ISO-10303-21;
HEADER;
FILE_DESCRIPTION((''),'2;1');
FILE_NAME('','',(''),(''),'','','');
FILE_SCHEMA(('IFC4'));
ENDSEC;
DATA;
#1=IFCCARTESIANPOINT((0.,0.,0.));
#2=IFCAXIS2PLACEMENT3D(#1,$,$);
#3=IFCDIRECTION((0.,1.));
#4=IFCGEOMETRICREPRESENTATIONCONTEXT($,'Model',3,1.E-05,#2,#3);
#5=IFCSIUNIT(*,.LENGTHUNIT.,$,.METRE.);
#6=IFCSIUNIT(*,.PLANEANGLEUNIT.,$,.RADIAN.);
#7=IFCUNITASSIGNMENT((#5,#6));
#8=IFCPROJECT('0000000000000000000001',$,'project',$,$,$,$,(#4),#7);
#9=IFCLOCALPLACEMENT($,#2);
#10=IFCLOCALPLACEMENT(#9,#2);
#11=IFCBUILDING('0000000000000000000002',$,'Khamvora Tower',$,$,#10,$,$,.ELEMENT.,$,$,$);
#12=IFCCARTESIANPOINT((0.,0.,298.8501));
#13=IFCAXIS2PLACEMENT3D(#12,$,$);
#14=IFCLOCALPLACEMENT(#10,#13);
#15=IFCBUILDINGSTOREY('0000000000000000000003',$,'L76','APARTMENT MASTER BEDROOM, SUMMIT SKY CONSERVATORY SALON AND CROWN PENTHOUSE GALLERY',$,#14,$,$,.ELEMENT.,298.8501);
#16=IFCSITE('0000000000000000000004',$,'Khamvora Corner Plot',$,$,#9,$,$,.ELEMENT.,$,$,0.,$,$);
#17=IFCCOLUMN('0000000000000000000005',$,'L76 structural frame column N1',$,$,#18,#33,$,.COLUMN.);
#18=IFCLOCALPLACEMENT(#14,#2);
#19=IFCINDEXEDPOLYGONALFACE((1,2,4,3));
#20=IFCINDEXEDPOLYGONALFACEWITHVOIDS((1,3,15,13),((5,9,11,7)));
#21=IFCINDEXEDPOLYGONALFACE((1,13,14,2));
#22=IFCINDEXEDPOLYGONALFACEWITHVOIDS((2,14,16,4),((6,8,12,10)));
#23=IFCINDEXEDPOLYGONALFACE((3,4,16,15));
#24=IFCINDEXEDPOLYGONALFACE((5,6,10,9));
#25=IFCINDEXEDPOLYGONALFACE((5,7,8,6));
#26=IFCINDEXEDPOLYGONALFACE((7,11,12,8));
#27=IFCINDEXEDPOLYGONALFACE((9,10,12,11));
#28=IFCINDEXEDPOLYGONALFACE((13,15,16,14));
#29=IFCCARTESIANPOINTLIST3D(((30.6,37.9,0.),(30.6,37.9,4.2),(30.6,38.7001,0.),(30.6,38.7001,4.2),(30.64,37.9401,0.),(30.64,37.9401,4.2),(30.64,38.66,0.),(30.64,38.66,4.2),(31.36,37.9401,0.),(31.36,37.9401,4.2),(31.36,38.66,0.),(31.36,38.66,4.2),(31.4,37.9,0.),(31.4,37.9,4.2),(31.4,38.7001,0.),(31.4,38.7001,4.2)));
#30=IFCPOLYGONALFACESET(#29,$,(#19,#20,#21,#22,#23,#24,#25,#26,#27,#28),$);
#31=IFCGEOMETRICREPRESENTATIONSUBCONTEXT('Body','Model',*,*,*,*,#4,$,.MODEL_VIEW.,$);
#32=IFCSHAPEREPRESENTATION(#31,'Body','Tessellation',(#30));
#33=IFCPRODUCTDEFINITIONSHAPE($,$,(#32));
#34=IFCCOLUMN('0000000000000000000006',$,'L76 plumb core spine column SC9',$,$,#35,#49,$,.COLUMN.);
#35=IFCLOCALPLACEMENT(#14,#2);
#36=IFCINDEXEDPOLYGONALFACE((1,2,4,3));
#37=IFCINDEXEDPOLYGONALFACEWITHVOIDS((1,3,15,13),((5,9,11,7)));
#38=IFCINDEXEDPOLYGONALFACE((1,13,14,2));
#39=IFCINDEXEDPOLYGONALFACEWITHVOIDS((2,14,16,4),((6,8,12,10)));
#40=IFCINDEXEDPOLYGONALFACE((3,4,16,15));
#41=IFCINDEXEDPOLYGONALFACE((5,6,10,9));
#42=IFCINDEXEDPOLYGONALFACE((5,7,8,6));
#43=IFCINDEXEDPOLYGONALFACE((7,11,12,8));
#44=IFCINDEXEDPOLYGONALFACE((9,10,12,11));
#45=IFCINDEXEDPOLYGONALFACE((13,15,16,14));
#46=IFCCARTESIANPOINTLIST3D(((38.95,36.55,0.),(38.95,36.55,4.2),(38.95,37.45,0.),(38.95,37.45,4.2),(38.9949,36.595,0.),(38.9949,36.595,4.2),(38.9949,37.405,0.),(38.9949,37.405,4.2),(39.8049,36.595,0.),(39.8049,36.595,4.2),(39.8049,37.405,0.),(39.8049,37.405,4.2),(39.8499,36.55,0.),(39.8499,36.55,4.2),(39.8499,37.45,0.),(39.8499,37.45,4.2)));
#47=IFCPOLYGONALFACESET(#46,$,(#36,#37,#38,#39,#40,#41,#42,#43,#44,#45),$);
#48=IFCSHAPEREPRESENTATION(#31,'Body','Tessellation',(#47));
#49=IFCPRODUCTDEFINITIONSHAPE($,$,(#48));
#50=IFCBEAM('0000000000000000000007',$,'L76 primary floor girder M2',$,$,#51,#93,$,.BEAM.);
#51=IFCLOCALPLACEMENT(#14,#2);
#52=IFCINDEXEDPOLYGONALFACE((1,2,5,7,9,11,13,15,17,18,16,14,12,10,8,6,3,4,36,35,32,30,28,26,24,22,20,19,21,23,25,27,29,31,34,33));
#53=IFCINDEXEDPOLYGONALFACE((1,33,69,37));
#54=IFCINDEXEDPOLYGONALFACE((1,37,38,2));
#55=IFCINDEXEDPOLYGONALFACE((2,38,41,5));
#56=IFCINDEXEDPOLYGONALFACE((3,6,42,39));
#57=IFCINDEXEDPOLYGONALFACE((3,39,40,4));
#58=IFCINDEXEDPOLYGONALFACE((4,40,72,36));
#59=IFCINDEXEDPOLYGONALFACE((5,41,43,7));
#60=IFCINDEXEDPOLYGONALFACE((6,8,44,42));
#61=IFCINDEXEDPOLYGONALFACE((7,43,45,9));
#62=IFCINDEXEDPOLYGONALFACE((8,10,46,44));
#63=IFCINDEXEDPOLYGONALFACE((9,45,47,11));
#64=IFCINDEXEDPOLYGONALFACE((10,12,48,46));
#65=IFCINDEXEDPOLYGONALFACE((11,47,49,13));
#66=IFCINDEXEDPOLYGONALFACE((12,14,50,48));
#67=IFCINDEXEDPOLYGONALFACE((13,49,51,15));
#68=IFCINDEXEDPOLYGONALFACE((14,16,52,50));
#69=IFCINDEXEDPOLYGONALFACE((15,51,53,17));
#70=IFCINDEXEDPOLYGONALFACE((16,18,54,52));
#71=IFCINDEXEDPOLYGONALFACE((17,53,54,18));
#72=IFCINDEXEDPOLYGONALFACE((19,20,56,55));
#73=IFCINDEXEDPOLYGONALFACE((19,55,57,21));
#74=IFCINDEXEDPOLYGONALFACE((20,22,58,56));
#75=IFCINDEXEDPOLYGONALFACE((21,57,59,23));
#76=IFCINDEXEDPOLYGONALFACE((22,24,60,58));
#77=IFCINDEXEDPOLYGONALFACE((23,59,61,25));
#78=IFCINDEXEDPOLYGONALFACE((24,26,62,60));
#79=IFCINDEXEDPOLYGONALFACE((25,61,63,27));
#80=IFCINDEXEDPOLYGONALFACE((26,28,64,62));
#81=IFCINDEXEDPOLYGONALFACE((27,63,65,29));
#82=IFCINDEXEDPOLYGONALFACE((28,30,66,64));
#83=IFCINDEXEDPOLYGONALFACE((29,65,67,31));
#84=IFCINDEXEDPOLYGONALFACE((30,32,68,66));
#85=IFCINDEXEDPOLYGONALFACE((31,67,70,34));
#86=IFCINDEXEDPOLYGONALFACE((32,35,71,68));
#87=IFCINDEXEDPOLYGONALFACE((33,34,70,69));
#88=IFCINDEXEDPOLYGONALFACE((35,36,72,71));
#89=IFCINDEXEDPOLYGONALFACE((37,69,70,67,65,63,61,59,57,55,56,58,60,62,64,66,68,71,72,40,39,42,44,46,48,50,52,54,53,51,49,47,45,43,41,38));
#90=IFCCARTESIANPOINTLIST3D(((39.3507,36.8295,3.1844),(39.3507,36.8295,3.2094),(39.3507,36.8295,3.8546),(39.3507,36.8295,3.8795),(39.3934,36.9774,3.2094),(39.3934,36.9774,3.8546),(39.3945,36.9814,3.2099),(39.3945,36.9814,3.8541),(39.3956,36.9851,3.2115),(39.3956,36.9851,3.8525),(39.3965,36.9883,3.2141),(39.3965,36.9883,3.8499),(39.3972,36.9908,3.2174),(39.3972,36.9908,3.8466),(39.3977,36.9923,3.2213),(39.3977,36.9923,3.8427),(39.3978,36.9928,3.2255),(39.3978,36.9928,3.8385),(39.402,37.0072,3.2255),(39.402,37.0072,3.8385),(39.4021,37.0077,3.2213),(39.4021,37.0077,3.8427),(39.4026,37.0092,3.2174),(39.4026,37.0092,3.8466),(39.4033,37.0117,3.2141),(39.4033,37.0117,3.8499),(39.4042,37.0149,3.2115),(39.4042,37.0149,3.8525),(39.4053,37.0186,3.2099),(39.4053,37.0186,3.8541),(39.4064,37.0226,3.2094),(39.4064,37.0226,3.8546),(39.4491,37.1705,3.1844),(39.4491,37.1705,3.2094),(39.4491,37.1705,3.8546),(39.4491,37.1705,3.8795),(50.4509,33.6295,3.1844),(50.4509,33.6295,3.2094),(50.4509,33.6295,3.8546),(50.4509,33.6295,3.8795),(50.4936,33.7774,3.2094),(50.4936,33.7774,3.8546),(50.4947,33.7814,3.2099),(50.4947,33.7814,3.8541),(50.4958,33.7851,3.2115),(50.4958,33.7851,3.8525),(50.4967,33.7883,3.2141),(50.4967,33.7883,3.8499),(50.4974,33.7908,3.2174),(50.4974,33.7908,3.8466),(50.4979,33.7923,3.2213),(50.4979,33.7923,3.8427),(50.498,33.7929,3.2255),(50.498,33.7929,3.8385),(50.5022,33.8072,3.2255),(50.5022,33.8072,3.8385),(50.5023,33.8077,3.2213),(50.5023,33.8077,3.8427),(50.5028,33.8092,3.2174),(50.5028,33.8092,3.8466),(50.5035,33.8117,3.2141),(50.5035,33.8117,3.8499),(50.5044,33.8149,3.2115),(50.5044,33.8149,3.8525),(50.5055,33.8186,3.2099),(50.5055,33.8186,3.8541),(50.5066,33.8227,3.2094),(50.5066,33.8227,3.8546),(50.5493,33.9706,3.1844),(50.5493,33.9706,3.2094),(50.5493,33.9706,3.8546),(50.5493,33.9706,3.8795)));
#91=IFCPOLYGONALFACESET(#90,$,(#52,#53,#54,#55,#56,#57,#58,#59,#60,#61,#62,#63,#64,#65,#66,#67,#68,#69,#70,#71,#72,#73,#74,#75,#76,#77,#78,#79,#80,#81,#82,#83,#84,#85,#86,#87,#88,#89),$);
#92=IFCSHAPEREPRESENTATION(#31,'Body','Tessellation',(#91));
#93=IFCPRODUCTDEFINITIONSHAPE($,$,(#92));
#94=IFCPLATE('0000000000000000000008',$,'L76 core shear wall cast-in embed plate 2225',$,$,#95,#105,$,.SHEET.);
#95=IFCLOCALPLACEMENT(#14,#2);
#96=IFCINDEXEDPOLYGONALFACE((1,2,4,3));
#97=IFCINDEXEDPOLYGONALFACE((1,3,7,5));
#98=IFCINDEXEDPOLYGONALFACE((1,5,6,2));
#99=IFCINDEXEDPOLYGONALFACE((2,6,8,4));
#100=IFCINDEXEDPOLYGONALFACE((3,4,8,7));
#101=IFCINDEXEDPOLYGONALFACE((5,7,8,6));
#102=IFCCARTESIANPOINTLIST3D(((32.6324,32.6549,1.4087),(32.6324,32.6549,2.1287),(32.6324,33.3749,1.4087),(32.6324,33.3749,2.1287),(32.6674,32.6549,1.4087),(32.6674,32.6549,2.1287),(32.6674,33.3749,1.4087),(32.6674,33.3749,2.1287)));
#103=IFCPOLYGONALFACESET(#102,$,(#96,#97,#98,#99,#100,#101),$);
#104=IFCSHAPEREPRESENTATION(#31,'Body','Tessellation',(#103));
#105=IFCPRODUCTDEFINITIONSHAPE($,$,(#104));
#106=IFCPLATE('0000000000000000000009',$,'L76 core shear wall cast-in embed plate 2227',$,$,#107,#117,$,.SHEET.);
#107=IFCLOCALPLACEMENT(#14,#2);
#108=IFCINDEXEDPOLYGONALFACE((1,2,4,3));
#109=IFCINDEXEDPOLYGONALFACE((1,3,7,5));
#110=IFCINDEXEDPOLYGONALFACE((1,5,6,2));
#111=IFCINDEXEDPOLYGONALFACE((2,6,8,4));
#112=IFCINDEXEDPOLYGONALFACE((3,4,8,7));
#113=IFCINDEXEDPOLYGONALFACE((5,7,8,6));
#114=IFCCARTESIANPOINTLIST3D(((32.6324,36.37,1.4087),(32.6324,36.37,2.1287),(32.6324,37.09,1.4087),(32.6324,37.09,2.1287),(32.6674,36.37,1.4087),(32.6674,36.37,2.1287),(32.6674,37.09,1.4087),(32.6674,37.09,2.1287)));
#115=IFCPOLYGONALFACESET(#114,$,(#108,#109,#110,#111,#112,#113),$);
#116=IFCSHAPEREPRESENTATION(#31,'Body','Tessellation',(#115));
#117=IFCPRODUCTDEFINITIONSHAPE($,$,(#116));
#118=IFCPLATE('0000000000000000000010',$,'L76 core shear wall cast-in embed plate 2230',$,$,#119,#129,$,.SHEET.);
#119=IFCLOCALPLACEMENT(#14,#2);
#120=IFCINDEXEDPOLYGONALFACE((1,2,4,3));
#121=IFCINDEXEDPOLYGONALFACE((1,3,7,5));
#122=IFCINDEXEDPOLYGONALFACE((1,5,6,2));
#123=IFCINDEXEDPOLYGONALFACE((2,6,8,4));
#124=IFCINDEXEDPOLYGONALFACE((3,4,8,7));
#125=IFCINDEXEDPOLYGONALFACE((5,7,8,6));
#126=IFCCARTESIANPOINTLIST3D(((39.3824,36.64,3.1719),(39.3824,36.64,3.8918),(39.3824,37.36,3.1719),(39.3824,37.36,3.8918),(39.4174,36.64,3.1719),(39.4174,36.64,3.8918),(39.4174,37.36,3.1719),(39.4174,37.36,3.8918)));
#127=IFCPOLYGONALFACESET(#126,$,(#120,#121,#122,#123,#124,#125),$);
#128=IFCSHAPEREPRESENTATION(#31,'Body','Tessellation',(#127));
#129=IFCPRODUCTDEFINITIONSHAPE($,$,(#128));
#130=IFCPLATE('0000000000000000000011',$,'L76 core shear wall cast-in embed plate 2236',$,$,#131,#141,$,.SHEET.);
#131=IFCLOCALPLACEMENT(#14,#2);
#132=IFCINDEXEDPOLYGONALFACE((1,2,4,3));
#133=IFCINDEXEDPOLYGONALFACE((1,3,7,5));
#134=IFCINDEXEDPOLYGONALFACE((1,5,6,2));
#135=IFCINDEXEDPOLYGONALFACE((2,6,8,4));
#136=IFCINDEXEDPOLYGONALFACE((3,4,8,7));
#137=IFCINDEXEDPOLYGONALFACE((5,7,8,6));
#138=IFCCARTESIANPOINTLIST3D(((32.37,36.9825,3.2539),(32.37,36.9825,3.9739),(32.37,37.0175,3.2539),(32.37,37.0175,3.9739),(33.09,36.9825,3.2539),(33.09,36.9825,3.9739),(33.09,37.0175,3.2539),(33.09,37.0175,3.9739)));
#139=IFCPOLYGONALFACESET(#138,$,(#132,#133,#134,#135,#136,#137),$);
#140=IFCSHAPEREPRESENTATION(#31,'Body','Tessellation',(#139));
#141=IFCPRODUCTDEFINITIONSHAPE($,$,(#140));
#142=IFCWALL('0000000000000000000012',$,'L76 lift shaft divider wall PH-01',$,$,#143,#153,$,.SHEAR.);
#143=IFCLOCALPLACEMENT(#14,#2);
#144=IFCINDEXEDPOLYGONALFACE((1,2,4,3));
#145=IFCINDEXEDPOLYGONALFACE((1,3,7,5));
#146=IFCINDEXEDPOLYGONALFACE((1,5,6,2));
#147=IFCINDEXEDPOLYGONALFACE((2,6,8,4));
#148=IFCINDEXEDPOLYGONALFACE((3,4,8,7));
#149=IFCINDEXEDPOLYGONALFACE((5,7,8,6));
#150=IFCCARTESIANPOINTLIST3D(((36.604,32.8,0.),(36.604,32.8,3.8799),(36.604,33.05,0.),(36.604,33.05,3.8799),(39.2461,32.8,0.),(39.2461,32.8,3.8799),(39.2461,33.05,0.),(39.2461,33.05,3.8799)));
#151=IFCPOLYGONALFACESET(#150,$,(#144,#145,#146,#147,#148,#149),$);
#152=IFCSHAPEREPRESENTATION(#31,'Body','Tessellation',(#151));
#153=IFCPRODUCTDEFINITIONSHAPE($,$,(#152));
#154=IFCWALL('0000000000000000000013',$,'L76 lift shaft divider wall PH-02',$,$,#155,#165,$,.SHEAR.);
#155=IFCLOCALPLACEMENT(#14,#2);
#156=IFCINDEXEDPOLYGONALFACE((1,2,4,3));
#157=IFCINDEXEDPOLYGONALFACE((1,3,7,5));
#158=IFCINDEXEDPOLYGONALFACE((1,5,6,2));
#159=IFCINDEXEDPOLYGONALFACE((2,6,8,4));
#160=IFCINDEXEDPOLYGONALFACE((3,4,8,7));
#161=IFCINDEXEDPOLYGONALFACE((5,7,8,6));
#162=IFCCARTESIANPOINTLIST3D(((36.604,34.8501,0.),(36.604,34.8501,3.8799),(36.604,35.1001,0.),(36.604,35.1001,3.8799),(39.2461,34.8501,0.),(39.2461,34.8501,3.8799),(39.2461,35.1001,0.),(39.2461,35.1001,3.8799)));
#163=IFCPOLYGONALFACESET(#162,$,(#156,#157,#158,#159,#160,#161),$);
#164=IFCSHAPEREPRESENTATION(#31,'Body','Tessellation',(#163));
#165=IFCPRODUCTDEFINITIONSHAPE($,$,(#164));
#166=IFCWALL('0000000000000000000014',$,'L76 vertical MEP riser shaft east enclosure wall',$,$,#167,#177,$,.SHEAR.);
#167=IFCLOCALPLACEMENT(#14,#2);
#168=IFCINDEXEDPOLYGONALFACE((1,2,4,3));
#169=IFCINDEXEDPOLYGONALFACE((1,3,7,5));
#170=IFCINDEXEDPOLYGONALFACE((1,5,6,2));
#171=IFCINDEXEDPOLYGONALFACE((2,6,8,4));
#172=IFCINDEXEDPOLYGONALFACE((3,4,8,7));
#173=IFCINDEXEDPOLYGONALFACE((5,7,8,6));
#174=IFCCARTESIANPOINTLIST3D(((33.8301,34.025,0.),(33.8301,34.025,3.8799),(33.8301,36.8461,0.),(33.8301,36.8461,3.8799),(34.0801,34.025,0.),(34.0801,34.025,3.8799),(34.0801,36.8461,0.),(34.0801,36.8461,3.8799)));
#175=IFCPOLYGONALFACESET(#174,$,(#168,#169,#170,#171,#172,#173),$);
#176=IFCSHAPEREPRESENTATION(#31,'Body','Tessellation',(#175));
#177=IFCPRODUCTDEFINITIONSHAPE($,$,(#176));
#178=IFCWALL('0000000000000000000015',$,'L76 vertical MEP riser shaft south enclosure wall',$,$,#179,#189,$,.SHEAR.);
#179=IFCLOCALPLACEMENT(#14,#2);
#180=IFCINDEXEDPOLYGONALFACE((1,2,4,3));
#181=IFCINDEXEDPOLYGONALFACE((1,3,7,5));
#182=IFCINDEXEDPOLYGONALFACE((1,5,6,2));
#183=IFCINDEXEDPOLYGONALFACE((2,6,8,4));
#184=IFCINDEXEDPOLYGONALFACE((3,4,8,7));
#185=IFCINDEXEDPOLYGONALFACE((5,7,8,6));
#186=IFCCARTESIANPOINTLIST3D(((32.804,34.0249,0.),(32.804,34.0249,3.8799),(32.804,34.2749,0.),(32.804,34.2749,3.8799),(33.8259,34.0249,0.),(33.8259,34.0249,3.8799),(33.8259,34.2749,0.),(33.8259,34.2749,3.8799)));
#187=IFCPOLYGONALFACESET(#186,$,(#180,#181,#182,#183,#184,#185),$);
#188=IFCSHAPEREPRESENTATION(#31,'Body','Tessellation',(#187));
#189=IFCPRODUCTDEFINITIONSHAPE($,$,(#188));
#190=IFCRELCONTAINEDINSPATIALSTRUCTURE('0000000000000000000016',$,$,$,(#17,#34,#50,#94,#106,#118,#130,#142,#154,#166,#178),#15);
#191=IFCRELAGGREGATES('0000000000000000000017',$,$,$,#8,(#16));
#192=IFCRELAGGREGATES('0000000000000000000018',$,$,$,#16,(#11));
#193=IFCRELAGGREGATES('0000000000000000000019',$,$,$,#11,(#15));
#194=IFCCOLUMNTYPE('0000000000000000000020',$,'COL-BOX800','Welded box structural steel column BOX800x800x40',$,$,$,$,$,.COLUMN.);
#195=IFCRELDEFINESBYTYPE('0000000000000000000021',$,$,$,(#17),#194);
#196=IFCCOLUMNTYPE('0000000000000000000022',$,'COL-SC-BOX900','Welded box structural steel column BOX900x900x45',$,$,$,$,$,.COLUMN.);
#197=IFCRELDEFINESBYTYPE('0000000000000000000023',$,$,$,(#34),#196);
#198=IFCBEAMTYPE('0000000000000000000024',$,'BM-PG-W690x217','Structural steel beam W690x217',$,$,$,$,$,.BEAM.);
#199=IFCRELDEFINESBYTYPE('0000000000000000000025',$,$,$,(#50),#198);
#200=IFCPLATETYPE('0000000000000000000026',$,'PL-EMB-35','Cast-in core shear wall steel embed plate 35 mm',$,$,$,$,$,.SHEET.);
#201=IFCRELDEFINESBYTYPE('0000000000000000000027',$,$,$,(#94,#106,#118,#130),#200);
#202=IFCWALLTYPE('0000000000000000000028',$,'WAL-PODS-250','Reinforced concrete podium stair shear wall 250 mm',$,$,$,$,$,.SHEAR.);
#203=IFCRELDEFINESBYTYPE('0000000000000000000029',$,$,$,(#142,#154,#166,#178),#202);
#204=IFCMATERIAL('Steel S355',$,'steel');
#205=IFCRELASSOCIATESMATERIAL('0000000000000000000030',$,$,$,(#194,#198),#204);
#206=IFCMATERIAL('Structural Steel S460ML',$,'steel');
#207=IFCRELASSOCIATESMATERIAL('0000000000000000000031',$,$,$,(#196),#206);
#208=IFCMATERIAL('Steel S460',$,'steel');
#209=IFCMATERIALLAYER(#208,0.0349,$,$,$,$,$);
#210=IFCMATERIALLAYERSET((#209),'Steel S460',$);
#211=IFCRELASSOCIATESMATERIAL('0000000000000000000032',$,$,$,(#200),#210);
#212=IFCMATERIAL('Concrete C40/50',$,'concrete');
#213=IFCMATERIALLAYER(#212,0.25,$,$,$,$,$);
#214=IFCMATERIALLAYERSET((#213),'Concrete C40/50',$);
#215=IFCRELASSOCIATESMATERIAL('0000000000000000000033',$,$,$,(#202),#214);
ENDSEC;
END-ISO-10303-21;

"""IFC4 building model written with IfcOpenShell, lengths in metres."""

from ifc_helpers import new_model, si_unit, direction, frame, frame_2d, origin, origin_2d, place, context, subcontext, project, spatial, rectangle, hollow_rectangle, i_section, extrude, material, layer, layer_set, material_profile, profile_set, type_object, element, save


model = new_model("IFC4")

# Units and contexts
model_context = context("Model", 3, precision=1e-05, world=origin(), true_north=direction((0.0, 1.0)))
body_context = subcontext(model_context, "Body", "Model", "MODEL_VIEW")
ifc_project = project(units=[si_unit("LENGTHUNIT", "METRE"), si_unit("PLANEANGLEUNIT", "RADIAN")], contexts=[model_context])

# Site, building, storey
site_placement = place(None, origin())
site = spatial("IfcSite", under=ifc_project, at=site_placement, Name="Khamvora Corner Plot", CompositionType="ELEMENT", RefElevation=0.0)
building_placement = place(site_placement, origin())
building = spatial("IfcBuilding", under=site, at=building_placement, Name="Khamvora Tower", CompositionType="ELEMENT")
storey_placement = place(building_placement, frame((0.0, 0.0, 298.8501)))
storey = spatial("IfcBuildingStorey", under=building, at=storey_placement, Name="L76", Description="APARTMENT MASTER BEDROOM, SUMMIT SKY CONSERVATORY SALON AND CROWN PENTHOUSE GALLERY", CompositionType="ELEMENT", Elevation=298.8501)

# Columns
ifc_material_1 = material(Name="Steel S355", Category="steel")
ifc_material_profile_1 = material_profile(ifc_material_1, hollow_rectangle(XDim=0.8, YDim=0.8, WallThickness=0.04, at=origin_2d()), Name="BOX800x800x40")
ifc_profile_set_1 = profile_set([ifc_material_profile_1], Name="Steel S355")
column_type_1 = type_object("IfcColumnType", Name="COL-BOX800", Description="Welded box structural steel column BOX800x800x40", PredefinedType="COLUMN", material=ifc_profile_set_1)
column_1_placement = place(storey_placement, frame((31.0, 38.3, 0.0), z_axis=(0.0, 0.0, 1.0), x_axis=(1.0, 0.0, 0.0)))
element("IfcColumn", 1, at=column_1_placement, inside=storey, type_object=column_type_1, Name="L76 structural frame column N1", PredefinedType="COLUMN", context=body_context, shape_type="SweptSolid", body=[
    extrude(hollow_rectangle(XDim=0.8, YDim=0.8, WallThickness=0.04, at=origin_2d()), origin(), (0.0, 0.0, 1.0), 4.2),
])
ifc_material_2 = material(Name="Structural Steel S460ML", Category="steel")
ifc_material_profile_2 = material_profile(ifc_material_2, hollow_rectangle(XDim=0.8999, YDim=0.8999, WallThickness=0.0449, at=origin_2d()), Name="BOX900x900x45")
ifc_profile_set_2 = profile_set([ifc_material_profile_2], Name="Structural Steel S460ML")
column_type_2 = type_object("IfcColumnType", Name="COL-SC-BOX900", Description="Welded box structural steel column BOX900x900x45", PredefinedType="COLUMN", material=ifc_profile_set_2)
column_2_placement = place(storey_placement, frame((39.3999, 37.0, 0.0), z_axis=(0.0, 0.0, 1.0), x_axis=(1.0, 0.0, 0.0)))
element("IfcColumn", 2, at=column_2_placement, inside=storey, type_object=column_type_2, Name="L76 plumb core spine column SC9", PredefinedType="COLUMN", context=body_context, shape_type="SweptSolid", body=[
    extrude(hollow_rectangle(XDim=0.8999, YDim=0.8999, WallThickness=0.0449, at=origin_2d()), origin(), (0.0, 0.0, 1.0), 4.2),
])

# Beam
ifc_material_profile_3 = material_profile(ifc_material_1, i_section(OverallWidth=0.355, OverallDepth=0.6951, WebThickness=0.0149, FlangeThickness=0.0249, FilletRadius=0.0161, at=origin_2d()), Name="W690x217")
ifc_profile_set_3 = profile_set([ifc_material_profile_3], Name="Steel S355")
beam_type = type_object("IfcBeamType", Name="BM-PG-W690x217", Description="Structural steel beam W690x217", PredefinedType="BEAM", material=ifc_profile_set_3)
beam_placement = place(storey_placement, frame((39.3999, 37.0, 3.532), z_axis=(0.96087, -0.277001, 0.0), x_axis=(0.277001, 0.96087, 0.0)))
element("IfcBeam", 3, at=beam_placement, inside=storey, type_object=beam_type, Name="L76 primary floor girder M2", PredefinedType="BEAM", context=body_context, shape_type="SweptSolid", body=[
    extrude(i_section(OverallWidth=0.355, OverallDepth=0.6951, WebThickness=0.0149, FlangeThickness=0.0249, FilletRadius=0.0161, at=origin_2d()), origin(), (0.0, 0.0, 1.0), 11.5522),
])

# Plates
ifc_material_3 = material(Name="Steel S460", Category="steel")
ifc_layer_1 = layer(ifc_material_3, 0.0349)
ifc_layer_set_1 = layer_set([ifc_layer_1], Name="Steel S460")
plate_type = type_object("IfcPlateType", Name="PL-EMB-35", Description="Cast-in core shear wall steel embed plate 35 mm", PredefinedType="SHEET", material=ifc_layer_set_1)
for number, where, z_axis, x_axis, name in (
    (4, (32.6499, 33.0149, 1.4087), (0.0, 0.0, 1.0), (1.0, 0.0, 0.0), "L76 core shear wall cast-in embed plate 2225"),
    (5, (32.6499, 36.73, 1.4087), (0.0, 0.0, 1.0), (1.0, 0.0, 0.0), "L76 core shear wall cast-in embed plate 2227"),
    (6, (39.3999, 37.0, 3.1719), (0.0, 0.0, 1.0), (1.0, 0.0, 0.0), "L76 core shear wall cast-in embed plate 2230"),
):
    element("IfcPlate", number, at=place(storey_placement, frame(where, z_axis=z_axis, x_axis=x_axis)), inside=storey, type_object=plate_type, Name=name, PredefinedType="SHEET", context=body_context, shape_type="SweptSolid", body=[
        extrude(rectangle(XDim=0.0349, YDim=0.72, at=origin_2d()), origin(), (0.0, 0.0, 1.0), 0.72),
    ])
plate_placement = place(storey_placement, frame((32.73, 37.0, 3.2539), z_axis=(0.0, 0.0, 1.0), x_axis=(1.0, 0.0, 0.0)))
element("IfcPlate", 7, at=plate_placement, inside=storey, type_object=plate_type, Name="L76 core shear wall cast-in embed plate 2236", PredefinedType="SHEET", context=body_context, shape_type="SweptSolid", body=[
    extrude(rectangle(XDim=0.72, YDim=0.0349, at=origin_2d()), origin(), (0.0, 0.0, 1.0), 0.72),
])

# Walls
ifc_material_4 = material(Name="Concrete C40/50", Category="concrete")
ifc_layer_2 = layer(ifc_material_4, 0.25)
ifc_layer_set_2 = layer_set([ifc_layer_2], Name="Concrete C40/50")
wall_type_1 = type_object("IfcWallType", Name="WAL-PODS-250", Description="Reinforced concrete podium stair shear wall 250 mm", PredefinedType="SHEAR", material=ifc_layer_set_2)
for number, where, z_axis, x_axis, name in (
    (8, (36.604, 32.925, 0.0), (0.0, 0.0, 1.0), (1.0, 0.0, 0.0), "L76 lift shaft divider wall PH-01"),
    (9, (36.604, 34.9751, 0.0), (0.0, 0.0, 1.0), (1.0, 0.0, 0.0), "L76 lift shaft divider wall PH-02"),
):
    element("IfcWall", number, at=place(storey_placement, frame(where, z_axis=z_axis, x_axis=x_axis)), inside=storey, type_object=wall_type_1, Name=name, PredefinedType="SHEAR", context=body_context, shape_type="SweptSolid", body=[
        extrude(rectangle(XDim=2.6421, YDim=0.25, at=frame_2d((1.321, 0.0))), origin(), (0.0, 0.0, 1.0), 3.8799),
    ])
wall_1_placement = place(storey_placement, frame((33.9551, 34.0249, 0.0), z_axis=(0.0, 0.0, 1.0), x_axis=(0.0, 1.0, 0.0)))
element("IfcWall", 10, at=wall_1_placement, inside=storey, type_object=wall_type_1, Name="L76 vertical MEP riser shaft east enclosure wall", PredefinedType="SHEAR", context=body_context, shape_type="SweptSolid", body=[
    extrude(rectangle(XDim=2.821, YDim=0.25, at=frame_2d((1.4106, 0.0))), origin(), (0.0, 0.0, 1.0), 3.8799),
])
wall_2_placement = place(storey_placement, frame((32.804, 34.1499, 0.0), z_axis=(0.0, 0.0, 1.0), x_axis=(1.0, 0.0, 0.0)))
element("IfcWall", 11, at=wall_2_placement, inside=storey, type_object=wall_type_1, Name="L76 vertical MEP riser shaft south enclosure wall", PredefinedType="SHEAR", context=body_context, shape_type="SweptSolid", body=[
    extrude(rectangle(XDim=1.022, YDim=0.25, at=frame_2d((0.511, 0.0))), origin(), (0.0, 0.0, 1.0), 3.8799),
])

save(model, "model.ifc")
